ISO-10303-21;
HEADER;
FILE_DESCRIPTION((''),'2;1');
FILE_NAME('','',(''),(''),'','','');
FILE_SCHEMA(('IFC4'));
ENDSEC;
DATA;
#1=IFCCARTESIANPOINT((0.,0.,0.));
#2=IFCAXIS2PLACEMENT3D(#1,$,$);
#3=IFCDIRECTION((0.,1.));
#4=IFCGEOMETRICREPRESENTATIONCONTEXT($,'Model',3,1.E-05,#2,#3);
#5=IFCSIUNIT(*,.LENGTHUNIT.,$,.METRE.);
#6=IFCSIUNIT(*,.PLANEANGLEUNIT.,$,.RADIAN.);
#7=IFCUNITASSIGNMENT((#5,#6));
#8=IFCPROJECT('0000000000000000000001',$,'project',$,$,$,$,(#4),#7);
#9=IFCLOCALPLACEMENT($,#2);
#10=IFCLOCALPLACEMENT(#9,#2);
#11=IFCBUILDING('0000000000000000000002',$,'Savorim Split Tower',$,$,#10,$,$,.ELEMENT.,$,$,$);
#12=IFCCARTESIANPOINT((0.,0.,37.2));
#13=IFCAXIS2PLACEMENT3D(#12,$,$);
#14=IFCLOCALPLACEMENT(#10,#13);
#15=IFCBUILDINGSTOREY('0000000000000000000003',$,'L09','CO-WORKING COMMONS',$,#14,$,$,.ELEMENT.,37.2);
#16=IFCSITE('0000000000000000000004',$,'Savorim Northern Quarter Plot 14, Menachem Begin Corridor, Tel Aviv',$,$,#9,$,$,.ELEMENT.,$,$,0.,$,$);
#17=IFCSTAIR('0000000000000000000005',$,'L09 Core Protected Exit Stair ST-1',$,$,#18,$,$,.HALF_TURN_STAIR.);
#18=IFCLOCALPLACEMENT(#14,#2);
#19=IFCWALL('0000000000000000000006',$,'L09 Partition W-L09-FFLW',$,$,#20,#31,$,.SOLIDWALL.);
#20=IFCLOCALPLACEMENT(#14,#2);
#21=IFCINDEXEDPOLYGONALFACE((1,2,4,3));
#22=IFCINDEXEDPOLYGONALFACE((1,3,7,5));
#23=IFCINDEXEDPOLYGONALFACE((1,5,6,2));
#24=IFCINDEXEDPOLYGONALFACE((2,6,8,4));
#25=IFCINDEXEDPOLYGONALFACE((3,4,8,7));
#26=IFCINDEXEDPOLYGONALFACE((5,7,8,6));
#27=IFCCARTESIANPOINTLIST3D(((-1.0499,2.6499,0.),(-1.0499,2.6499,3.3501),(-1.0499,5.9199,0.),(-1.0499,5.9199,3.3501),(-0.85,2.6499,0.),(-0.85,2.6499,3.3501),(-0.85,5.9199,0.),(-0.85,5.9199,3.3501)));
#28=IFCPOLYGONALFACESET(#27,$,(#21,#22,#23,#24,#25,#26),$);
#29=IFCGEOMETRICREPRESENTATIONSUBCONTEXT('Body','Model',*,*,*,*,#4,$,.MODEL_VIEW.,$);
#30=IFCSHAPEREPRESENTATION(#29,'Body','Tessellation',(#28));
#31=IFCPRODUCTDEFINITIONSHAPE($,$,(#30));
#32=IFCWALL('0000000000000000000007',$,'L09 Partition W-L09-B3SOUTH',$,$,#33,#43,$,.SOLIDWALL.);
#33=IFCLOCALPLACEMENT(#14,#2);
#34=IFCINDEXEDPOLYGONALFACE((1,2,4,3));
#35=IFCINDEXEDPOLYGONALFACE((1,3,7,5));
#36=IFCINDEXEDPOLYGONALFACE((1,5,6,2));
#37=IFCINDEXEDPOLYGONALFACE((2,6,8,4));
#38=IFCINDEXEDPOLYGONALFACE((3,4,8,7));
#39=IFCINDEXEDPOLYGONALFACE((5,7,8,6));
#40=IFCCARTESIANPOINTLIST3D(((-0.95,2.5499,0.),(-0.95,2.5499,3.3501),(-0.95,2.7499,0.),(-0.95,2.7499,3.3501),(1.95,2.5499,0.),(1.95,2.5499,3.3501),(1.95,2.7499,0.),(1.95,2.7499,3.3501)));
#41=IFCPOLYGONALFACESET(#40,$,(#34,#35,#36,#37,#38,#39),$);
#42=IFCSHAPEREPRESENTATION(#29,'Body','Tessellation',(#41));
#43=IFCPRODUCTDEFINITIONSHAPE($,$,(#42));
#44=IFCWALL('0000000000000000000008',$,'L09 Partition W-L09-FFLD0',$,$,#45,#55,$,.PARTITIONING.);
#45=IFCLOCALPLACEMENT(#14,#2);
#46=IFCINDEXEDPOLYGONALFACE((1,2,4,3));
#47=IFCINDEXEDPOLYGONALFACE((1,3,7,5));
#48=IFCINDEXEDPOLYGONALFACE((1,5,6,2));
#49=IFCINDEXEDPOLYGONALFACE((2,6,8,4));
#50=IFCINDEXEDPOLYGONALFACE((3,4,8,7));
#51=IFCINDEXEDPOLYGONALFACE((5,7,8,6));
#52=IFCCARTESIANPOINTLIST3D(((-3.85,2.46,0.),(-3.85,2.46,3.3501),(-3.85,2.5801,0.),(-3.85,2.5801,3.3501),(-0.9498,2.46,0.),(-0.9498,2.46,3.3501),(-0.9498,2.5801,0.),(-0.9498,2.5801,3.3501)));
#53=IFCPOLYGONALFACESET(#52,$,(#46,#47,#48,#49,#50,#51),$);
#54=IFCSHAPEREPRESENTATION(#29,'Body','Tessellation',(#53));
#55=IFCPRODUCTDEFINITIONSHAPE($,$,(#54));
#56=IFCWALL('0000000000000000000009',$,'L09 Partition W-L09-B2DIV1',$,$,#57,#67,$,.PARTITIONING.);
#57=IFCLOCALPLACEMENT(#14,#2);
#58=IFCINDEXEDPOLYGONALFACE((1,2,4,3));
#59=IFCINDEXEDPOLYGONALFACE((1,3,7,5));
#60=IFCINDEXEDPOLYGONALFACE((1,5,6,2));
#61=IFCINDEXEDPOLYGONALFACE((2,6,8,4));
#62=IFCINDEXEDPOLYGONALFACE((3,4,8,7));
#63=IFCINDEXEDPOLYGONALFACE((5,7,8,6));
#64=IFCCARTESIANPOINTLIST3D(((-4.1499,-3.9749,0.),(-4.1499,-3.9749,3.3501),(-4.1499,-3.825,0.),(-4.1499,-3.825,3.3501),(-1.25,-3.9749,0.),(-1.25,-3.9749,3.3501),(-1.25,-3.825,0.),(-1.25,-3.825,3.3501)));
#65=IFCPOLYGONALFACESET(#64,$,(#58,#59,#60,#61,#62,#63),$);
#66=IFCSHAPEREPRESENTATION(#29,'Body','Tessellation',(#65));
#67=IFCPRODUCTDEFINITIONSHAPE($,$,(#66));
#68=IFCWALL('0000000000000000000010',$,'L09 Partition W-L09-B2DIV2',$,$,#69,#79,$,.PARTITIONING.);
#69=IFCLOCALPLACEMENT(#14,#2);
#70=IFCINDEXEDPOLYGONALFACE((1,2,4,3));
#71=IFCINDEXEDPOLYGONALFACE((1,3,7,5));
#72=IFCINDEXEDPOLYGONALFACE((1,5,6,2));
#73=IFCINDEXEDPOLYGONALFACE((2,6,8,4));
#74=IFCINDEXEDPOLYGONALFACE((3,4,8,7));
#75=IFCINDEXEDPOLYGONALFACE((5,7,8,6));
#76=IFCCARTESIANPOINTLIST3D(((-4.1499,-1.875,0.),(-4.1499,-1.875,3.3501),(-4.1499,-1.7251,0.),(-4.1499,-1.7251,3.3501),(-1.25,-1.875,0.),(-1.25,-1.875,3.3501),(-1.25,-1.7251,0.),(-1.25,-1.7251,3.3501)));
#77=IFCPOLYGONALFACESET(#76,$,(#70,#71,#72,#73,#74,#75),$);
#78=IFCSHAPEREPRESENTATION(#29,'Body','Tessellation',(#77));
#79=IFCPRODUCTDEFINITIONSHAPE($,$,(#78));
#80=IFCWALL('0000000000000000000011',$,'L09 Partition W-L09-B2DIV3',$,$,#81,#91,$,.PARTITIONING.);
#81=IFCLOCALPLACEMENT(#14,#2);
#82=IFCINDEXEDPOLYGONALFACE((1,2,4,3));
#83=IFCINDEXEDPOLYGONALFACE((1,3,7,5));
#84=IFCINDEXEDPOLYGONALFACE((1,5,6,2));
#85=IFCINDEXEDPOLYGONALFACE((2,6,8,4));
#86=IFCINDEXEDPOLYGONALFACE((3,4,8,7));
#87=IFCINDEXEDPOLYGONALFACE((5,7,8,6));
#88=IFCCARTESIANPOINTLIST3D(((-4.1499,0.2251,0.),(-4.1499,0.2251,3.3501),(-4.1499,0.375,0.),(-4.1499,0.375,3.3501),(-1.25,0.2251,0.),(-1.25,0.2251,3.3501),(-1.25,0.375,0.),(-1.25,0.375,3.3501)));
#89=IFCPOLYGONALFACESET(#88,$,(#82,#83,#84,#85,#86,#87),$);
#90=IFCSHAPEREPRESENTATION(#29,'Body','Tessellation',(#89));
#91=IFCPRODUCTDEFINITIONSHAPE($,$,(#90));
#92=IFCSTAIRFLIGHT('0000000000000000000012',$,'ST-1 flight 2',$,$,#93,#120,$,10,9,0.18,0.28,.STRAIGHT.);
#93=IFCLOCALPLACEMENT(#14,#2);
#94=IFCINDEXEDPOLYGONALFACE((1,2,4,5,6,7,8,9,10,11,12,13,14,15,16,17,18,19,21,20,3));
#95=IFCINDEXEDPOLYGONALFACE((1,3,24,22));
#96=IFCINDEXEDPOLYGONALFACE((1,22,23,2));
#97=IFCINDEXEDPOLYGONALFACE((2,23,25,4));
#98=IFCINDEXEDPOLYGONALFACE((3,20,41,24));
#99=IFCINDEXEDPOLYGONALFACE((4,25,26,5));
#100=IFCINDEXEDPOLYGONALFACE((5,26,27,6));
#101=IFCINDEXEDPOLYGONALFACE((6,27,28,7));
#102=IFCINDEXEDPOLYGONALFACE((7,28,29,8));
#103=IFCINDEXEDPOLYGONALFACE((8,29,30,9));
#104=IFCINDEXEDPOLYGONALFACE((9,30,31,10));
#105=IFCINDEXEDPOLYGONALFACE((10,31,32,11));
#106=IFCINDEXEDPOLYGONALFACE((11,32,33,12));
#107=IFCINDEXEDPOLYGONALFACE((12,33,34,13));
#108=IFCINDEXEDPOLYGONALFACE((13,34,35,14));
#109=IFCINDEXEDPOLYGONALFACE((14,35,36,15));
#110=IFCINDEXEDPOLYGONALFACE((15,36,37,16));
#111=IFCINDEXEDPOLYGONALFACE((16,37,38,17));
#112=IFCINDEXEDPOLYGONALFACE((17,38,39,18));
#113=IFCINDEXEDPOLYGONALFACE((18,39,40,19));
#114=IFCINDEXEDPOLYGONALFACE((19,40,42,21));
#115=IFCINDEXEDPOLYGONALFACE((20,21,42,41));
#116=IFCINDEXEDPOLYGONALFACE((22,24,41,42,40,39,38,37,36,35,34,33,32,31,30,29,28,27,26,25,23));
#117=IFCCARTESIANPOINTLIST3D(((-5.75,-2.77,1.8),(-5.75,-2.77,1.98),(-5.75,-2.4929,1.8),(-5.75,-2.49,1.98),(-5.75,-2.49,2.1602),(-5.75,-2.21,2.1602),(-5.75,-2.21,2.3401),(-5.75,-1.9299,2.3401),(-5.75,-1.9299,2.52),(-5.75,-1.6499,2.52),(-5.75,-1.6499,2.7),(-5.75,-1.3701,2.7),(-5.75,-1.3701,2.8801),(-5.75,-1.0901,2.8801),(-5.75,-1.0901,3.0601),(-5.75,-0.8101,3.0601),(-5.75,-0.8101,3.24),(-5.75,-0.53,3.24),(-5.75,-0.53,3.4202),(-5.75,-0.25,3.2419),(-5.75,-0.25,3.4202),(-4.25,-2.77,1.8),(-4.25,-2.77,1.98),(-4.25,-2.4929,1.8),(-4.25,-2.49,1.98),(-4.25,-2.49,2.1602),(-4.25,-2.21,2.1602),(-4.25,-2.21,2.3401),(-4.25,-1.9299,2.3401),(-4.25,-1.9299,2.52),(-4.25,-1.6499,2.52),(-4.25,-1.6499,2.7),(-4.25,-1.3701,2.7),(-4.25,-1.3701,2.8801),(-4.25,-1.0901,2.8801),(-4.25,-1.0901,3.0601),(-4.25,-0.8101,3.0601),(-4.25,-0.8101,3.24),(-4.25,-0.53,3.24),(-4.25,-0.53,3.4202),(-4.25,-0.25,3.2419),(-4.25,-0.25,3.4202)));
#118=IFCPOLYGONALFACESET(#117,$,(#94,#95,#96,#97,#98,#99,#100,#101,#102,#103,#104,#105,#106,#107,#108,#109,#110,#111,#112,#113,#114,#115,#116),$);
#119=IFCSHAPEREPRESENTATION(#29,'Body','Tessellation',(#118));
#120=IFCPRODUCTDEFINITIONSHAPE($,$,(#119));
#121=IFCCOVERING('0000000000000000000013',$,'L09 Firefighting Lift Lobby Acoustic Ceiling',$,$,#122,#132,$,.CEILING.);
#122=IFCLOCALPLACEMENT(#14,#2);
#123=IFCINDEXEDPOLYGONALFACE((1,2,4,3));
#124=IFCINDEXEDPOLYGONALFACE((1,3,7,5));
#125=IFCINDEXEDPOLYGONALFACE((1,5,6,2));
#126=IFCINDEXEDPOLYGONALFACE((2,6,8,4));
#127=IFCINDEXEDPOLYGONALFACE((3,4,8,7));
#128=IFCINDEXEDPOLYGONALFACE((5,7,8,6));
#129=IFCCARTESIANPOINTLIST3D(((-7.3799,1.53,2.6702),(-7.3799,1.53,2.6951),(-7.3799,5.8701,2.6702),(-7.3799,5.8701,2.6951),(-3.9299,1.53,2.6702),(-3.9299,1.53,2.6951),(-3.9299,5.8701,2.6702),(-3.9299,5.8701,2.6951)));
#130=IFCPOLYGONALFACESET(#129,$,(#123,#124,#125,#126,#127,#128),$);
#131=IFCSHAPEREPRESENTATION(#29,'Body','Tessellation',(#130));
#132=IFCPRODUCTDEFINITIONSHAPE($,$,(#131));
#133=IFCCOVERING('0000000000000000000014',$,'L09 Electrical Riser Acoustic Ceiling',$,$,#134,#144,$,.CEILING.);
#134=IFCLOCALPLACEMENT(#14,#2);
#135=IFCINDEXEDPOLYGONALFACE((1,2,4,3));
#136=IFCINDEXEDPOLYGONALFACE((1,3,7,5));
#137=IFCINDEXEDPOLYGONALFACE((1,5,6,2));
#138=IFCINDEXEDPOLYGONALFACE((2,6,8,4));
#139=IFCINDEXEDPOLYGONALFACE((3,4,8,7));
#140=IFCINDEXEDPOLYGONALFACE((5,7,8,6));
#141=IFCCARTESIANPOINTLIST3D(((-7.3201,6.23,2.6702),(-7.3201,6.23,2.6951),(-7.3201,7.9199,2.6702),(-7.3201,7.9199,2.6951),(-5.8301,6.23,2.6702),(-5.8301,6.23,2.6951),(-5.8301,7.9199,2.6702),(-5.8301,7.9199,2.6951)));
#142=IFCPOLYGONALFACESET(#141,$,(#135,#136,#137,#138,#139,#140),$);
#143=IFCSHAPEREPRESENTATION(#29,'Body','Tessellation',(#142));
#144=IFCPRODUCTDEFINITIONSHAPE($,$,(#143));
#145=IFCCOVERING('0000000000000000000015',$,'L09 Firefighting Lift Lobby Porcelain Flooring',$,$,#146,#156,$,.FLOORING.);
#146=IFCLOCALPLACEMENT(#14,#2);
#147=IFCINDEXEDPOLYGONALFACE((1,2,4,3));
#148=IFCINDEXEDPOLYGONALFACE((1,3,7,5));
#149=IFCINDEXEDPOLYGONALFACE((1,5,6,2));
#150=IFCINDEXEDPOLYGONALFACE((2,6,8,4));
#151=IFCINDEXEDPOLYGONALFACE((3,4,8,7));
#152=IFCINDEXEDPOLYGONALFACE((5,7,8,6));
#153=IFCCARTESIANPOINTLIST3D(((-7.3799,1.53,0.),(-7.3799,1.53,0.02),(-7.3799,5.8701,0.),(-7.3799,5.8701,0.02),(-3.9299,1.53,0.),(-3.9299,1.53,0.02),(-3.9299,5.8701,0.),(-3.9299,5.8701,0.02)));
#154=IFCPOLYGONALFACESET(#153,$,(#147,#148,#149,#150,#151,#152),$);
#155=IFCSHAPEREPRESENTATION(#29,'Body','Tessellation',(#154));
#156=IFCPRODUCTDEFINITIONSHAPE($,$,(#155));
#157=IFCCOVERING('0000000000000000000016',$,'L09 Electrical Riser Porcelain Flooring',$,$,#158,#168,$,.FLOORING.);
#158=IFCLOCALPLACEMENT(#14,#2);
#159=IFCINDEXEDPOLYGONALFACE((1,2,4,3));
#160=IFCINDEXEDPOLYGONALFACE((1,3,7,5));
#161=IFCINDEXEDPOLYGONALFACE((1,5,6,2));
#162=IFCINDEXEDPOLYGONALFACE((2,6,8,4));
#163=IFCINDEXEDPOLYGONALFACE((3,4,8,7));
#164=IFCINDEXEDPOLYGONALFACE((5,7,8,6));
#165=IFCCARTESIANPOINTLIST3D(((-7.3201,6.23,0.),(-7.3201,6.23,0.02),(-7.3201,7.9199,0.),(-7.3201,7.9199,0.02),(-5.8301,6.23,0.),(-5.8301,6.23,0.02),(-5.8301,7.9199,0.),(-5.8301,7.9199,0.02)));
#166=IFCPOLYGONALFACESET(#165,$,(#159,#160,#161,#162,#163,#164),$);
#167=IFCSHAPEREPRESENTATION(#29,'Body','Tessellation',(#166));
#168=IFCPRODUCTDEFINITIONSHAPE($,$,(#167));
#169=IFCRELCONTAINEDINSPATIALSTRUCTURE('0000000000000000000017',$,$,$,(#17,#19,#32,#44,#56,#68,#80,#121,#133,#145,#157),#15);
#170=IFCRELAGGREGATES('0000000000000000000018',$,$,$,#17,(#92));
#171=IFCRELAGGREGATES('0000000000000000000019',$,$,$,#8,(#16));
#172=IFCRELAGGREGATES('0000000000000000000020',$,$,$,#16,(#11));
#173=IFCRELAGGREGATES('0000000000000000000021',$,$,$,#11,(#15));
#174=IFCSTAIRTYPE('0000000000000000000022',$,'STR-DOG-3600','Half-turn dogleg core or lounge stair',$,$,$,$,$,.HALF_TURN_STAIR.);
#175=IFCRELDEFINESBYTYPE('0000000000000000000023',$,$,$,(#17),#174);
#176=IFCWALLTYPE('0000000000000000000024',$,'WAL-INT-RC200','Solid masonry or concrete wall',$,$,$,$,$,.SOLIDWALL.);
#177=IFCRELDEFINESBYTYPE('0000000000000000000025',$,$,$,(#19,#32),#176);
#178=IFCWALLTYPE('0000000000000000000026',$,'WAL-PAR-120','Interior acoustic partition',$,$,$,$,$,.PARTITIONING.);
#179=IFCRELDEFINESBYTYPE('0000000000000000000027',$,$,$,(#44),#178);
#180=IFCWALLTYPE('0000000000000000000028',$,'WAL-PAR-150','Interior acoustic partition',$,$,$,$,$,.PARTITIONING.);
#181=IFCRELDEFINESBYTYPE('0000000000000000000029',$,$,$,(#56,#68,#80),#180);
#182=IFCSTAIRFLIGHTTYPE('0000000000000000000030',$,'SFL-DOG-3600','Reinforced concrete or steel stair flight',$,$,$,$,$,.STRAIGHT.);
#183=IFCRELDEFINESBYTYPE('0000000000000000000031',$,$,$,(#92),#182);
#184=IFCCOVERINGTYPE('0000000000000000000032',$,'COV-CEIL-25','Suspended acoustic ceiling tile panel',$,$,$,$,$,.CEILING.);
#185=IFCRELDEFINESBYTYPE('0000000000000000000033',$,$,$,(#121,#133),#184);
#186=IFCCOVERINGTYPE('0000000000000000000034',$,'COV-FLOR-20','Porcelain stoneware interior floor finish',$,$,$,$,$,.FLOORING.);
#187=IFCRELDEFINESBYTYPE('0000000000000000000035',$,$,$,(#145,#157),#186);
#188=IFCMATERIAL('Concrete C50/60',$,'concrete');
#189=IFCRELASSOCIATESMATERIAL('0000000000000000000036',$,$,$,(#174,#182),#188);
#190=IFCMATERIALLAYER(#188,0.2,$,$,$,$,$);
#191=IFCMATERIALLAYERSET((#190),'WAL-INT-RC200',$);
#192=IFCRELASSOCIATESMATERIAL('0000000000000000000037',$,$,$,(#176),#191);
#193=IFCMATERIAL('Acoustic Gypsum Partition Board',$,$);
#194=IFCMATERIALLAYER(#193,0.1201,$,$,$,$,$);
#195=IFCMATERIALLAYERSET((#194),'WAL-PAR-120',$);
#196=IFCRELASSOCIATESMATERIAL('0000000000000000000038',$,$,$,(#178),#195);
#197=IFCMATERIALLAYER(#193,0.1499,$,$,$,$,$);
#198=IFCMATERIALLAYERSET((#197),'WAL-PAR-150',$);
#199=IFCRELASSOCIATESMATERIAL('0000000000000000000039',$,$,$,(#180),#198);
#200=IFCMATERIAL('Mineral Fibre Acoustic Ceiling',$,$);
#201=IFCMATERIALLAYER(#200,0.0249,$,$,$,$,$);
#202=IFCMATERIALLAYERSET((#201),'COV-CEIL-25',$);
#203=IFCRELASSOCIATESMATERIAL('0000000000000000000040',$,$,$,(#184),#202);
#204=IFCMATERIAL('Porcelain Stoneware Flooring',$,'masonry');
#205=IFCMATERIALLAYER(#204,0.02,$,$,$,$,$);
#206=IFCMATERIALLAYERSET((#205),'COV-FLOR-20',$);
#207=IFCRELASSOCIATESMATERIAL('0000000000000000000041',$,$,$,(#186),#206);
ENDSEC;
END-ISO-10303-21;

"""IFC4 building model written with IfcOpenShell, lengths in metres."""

from ifc_helpers import new_model, si_unit, direction, frame, frame_2d, origin, place, context, subcontext, project, spatial, polyline, rectangle, outline, extrude, material, layer, layer_set, type_object, element, aggregate, save


model = new_model("IFC4")

# Units and contexts
model_context = context("Model", 3, precision=1e-05, world=origin(), true_north=direction((0.0, 1.0)))
body_context = subcontext(model_context, "Body", "Model", "MODEL_VIEW")
ifc_project = project(units=[si_unit("LENGTHUNIT", "METRE"), si_unit("PLANEANGLEUNIT", "RADIAN")], contexts=[model_context])

# Site, building, storey
site_placement = place(None, origin())
site = spatial("IfcSite", under=ifc_project, at=site_placement, Name="Savorim Northern Quarter Plot 14, Menachem Begin Corridor, Tel Aviv", CompositionType="ELEMENT", RefElevation=0.0)
building_placement = place(site_placement, origin())
building = spatial("IfcBuilding", under=site, at=building_placement, Name="Savorim Split Tower", CompositionType="ELEMENT")
storey_placement = place(building_placement, frame((0.0, 0.0, 37.2)))
storey = spatial("IfcBuildingStorey", under=building, at=storey_placement, Name="L09", Description="CO-WORKING COMMONS", CompositionType="ELEMENT", Elevation=37.2)

# Shared definitions
ifc_material_1 = material(Name="Concrete C50/60", Category="concrete")

# Stair
stair_type = type_object("IfcStairType", Name="STR-DOG-3600", Description="Half-turn dogleg core or lounge stair", PredefinedType="HALF_TURN_STAIR", material=ifc_material_1)
stair_1_placement = place(storey_placement, origin())
stair_1 = element("IfcStair", 1, at=stair_1_placement, inside=storey, type_object=stair_type, Name="L09 Core Protected Exit Stair ST-1", PredefinedType="HALF_TURN_STAIR")

# Shared definitions
ifc_layer_1 = layer(ifc_material_1, 0.2)
ifc_layer_set_1 = layer_set([ifc_layer_1], Name="WAL-INT-RC200")
wall_type_1 = type_object("IfcWallType", Name="WAL-INT-RC200", Description="Solid masonry or concrete wall", PredefinedType="SOLIDWALL", material=ifc_layer_set_1)

# Walls
wall_1_placement = place(storey_placement, frame((-0.95, 2.6499, 0.0), z_axis=(0.0, 0.0, 1.0), x_axis=(0.0, 1.0, 0.0)))
element("IfcWall", 2, at=wall_1_placement, inside=storey, type_object=wall_type_1, Name="L09 Partition W-L09-FFLW", PredefinedType="SOLIDWALL", context=body_context, shape_type="SweptSolid", body=[
    extrude(rectangle(XDim=3.27, YDim=0.2, at=frame_2d((1.635, 0.0))), origin(), (0.0, 0.0, 1.0), 3.3501),
])
wall_2_placement = place(storey_placement, frame((-0.95, 2.6499, 0.0), z_axis=(0.0, 0.0, 1.0), x_axis=(1.0, 0.0, 0.0)))
element("IfcWall", 3, at=wall_2_placement, inside=storey, type_object=wall_type_1, Name="L09 Partition W-L09-B3SOUTH", PredefinedType="SOLIDWALL", context=body_context, shape_type="SweptSolid", body=[
    extrude(rectangle(XDim=2.8999, YDim=0.2, at=frame_2d((1.45, 0.0))), origin(), (0.0, 0.0, 1.0), 3.3501),
])
ifc_material_2 = material(Name="Acoustic Gypsum Partition Board")
ifc_layer_2 = layer(ifc_material_2, 0.1201)
ifc_layer_set_2 = layer_set([ifc_layer_2], Name="WAL-PAR-120")
wall_type_2 = type_object("IfcWallType", Name="WAL-PAR-120", Description="Interior acoustic partition", PredefinedType="PARTITIONING", material=ifc_layer_set_2)
wall_3_placement = place(storey_placement, frame((-3.8501, 2.52, 0.0), z_axis=(0.0, 0.0, 1.0), x_axis=(1.0, 0.0, 0.0)))
element("IfcWall", 4, at=wall_3_placement, inside=storey, type_object=wall_type_2, Name="L09 Partition W-L09-FFLD0", PredefinedType="PARTITIONING", context=body_context, shape_type="SweptSolid", body=[
    extrude(rectangle(XDim=2.9001, YDim=0.1201, at=frame_2d((1.4502, 0.0))), origin(), (0.0, 0.0, 1.0), 3.3501),
])
ifc_layer_3 = layer(ifc_material_2, 0.1499)
ifc_layer_set_3 = layer_set([ifc_layer_3], Name="WAL-PAR-150")
wall_type_3 = type_object("IfcWallType", Name="WAL-PAR-150", Description="Interior acoustic partition", PredefinedType="PARTITIONING", material=ifc_layer_set_3)
for number, where, z_axis, x_axis, name in (
    (5, (-4.1499, -3.8999, 0.0), (0.0, 0.0, 1.0), (1.0, 0.0, 0.0), "L09 Partition W-L09-B2DIV1"),
    (6, (-4.1499, -1.8, 0.0), (0.0, 0.0, 1.0), (1.0, 0.0, 0.0), "L09 Partition W-L09-B2DIV2"),
    (7, (-4.1499, 0.3, 0.0), (0.0, 0.0, 1.0), (1.0, 0.0, 0.0), "L09 Partition W-L09-B2DIV3"),
):
    element("IfcWall", number, at=place(storey_placement, frame(where, z_axis=z_axis, x_axis=x_axis)), inside=storey, type_object=wall_type_3, Name=name, PredefinedType="PARTITIONING", context=body_context, shape_type="SweptSolid", body=[
        extrude(rectangle(XDim=2.8999, YDim=0.1499, at=frame_2d((1.45, 0.0))), origin(), (0.0, 0.0, 1.0), 3.3501),
    ])

# Stair flight
stair_flight_type = type_object("IfcStairFlightType", Name="SFL-DOG-3600", Description="Reinforced concrete or steel stair flight", PredefinedType="STRAIGHT", material=ifc_material_1)
stair_flight_placement = place(storey_placement, frame((-5.0, -2.77, 1.8), z_axis=(0.0, 0.0, 1.0), x_axis=(0.0, 1.0, 0.0)))
stair_flight = element("IfcStairFlight", 8, at=stair_flight_placement, type_object=stair_flight_type, Name="ST-1 flight 2", NumberOfRisers=10, NumberOfTreads=9, PredefinedType="STRAIGHT", RiserHeight=0.18, TreadLength=0.28, context=body_context, shape_type="SweptSolid", body=[
    extrude(outline(polyline([(0.0, 0.0), (0.0, 0.1799), (0.28, 0.1799), (0.28, 0.3601), (0.5601, 0.3601), (0.5601, 0.54), (0.8401, 0.54), (0.8401, 0.72), (1.1201, 0.72), (1.1201, 0.8999), (1.3999, 0.8999), (1.3999, 1.0801), (1.6799, 1.0801), (1.6799, 1.26), (1.96, 1.26), (1.96, 1.4399), (2.24, 1.4399), (2.24, 1.6201), (2.52, 1.6201), (2.52, 1.8), (2.52, 1.4419), (0.2771, 0.0), (0.0, 0.0)])), frame((0.0, 0.75, 0.0), z_axis=(0.0, -1.0, 0.0), x_axis=(1.0, 0.0, 0.0)), (0.0, 0.0, 1.0), 1.5),
])
aggregate(stair_1, [stair_flight])

# Coverings
ifc_material_3 = material(Name="Mineral Fibre Acoustic Ceiling")
ifc_layer_4 = layer(ifc_material_3, 0.0249)
ifc_layer_set_4 = layer_set([ifc_layer_4], Name="COV-CEIL-25")
covering_type_1 = type_object("IfcCoveringType", Name="COV-CEIL-25", Description="Suspended acoustic ceiling tile panel", PredefinedType="CEILING", material=ifc_layer_set_4)
covering_1_placement = place(storey_placement, frame((0.0, 0.0, 2.6702)))
element("IfcCovering", 9, at=covering_1_placement, inside=storey, type_object=covering_type_1, Name="L09 Firefighting Lift Lobby Acoustic Ceiling", PredefinedType="CEILING", context=body_context, shape_type="SweptSolid", body=[
    extrude(outline(polyline([(-7.3799, 5.8701), (-7.3799, 1.53), (-3.9299, 1.53), (-3.9299, 5.8701), (-7.3799, 5.8701)])), origin(), (0.0, 0.0, 1.0), 0.0249),
])
covering_2_placement = place(storey_placement, frame((0.0, 0.0, 2.6702)))
element("IfcCovering", 10, at=covering_2_placement, inside=storey, type_object=covering_type_1, Name="L09 Electrical Riser Acoustic Ceiling", PredefinedType="CEILING", context=body_context, shape_type="SweptSolid", body=[
    extrude(outline(polyline([(-7.3201, 7.9199), (-7.3201, 6.23), (-5.8301, 6.23), (-5.8301, 7.9199), (-7.3201, 7.9199)])), origin(), (0.0, 0.0, 1.0), 0.0249),
])
ifc_material_4 = material(Name="Porcelain Stoneware Flooring", Category="masonry")
ifc_layer_5 = layer(ifc_material_4, 0.02)
ifc_layer_set_5 = layer_set([ifc_layer_5], Name="COV-FLOR-20")
covering_type_2 = type_object("IfcCoveringType", Name="COV-FLOR-20", Description="Porcelain stoneware interior floor finish", PredefinedType="FLOORING", material=ifc_layer_set_5)
covering_3_placement = place(storey_placement, origin())
element("IfcCovering", 11, at=covering_3_placement, inside=storey, type_object=covering_type_2, Name="L09 Firefighting Lift Lobby Porcelain Flooring", PredefinedType="FLOORING", context=body_context, shape_type="SweptSolid", body=[
    extrude(outline(polyline([(-7.3799, 5.8701), (-7.3799, 1.53), (-3.9299, 1.53), (-3.9299, 5.8701), (-7.3799, 5.8701)])), origin(), (0.0, 0.0, 1.0), 0.02),
])
covering_4_placement = place(storey_placement, origin())
element("IfcCovering", 12, at=covering_4_placement, inside=storey, type_object=covering_type_2, Name="L09 Electrical Riser Porcelain Flooring", PredefinedType="FLOORING", context=body_context, shape_type="SweptSolid", body=[
    extrude(outline(polyline([(-7.3201, 7.9199), (-7.3201, 6.23), (-5.8301, 6.23), (-5.8301, 7.9199), (-7.3201, 7.9199)])), origin(), (0.0, 0.0, 1.0), 0.02),
])

save(model, "model.ifc")
